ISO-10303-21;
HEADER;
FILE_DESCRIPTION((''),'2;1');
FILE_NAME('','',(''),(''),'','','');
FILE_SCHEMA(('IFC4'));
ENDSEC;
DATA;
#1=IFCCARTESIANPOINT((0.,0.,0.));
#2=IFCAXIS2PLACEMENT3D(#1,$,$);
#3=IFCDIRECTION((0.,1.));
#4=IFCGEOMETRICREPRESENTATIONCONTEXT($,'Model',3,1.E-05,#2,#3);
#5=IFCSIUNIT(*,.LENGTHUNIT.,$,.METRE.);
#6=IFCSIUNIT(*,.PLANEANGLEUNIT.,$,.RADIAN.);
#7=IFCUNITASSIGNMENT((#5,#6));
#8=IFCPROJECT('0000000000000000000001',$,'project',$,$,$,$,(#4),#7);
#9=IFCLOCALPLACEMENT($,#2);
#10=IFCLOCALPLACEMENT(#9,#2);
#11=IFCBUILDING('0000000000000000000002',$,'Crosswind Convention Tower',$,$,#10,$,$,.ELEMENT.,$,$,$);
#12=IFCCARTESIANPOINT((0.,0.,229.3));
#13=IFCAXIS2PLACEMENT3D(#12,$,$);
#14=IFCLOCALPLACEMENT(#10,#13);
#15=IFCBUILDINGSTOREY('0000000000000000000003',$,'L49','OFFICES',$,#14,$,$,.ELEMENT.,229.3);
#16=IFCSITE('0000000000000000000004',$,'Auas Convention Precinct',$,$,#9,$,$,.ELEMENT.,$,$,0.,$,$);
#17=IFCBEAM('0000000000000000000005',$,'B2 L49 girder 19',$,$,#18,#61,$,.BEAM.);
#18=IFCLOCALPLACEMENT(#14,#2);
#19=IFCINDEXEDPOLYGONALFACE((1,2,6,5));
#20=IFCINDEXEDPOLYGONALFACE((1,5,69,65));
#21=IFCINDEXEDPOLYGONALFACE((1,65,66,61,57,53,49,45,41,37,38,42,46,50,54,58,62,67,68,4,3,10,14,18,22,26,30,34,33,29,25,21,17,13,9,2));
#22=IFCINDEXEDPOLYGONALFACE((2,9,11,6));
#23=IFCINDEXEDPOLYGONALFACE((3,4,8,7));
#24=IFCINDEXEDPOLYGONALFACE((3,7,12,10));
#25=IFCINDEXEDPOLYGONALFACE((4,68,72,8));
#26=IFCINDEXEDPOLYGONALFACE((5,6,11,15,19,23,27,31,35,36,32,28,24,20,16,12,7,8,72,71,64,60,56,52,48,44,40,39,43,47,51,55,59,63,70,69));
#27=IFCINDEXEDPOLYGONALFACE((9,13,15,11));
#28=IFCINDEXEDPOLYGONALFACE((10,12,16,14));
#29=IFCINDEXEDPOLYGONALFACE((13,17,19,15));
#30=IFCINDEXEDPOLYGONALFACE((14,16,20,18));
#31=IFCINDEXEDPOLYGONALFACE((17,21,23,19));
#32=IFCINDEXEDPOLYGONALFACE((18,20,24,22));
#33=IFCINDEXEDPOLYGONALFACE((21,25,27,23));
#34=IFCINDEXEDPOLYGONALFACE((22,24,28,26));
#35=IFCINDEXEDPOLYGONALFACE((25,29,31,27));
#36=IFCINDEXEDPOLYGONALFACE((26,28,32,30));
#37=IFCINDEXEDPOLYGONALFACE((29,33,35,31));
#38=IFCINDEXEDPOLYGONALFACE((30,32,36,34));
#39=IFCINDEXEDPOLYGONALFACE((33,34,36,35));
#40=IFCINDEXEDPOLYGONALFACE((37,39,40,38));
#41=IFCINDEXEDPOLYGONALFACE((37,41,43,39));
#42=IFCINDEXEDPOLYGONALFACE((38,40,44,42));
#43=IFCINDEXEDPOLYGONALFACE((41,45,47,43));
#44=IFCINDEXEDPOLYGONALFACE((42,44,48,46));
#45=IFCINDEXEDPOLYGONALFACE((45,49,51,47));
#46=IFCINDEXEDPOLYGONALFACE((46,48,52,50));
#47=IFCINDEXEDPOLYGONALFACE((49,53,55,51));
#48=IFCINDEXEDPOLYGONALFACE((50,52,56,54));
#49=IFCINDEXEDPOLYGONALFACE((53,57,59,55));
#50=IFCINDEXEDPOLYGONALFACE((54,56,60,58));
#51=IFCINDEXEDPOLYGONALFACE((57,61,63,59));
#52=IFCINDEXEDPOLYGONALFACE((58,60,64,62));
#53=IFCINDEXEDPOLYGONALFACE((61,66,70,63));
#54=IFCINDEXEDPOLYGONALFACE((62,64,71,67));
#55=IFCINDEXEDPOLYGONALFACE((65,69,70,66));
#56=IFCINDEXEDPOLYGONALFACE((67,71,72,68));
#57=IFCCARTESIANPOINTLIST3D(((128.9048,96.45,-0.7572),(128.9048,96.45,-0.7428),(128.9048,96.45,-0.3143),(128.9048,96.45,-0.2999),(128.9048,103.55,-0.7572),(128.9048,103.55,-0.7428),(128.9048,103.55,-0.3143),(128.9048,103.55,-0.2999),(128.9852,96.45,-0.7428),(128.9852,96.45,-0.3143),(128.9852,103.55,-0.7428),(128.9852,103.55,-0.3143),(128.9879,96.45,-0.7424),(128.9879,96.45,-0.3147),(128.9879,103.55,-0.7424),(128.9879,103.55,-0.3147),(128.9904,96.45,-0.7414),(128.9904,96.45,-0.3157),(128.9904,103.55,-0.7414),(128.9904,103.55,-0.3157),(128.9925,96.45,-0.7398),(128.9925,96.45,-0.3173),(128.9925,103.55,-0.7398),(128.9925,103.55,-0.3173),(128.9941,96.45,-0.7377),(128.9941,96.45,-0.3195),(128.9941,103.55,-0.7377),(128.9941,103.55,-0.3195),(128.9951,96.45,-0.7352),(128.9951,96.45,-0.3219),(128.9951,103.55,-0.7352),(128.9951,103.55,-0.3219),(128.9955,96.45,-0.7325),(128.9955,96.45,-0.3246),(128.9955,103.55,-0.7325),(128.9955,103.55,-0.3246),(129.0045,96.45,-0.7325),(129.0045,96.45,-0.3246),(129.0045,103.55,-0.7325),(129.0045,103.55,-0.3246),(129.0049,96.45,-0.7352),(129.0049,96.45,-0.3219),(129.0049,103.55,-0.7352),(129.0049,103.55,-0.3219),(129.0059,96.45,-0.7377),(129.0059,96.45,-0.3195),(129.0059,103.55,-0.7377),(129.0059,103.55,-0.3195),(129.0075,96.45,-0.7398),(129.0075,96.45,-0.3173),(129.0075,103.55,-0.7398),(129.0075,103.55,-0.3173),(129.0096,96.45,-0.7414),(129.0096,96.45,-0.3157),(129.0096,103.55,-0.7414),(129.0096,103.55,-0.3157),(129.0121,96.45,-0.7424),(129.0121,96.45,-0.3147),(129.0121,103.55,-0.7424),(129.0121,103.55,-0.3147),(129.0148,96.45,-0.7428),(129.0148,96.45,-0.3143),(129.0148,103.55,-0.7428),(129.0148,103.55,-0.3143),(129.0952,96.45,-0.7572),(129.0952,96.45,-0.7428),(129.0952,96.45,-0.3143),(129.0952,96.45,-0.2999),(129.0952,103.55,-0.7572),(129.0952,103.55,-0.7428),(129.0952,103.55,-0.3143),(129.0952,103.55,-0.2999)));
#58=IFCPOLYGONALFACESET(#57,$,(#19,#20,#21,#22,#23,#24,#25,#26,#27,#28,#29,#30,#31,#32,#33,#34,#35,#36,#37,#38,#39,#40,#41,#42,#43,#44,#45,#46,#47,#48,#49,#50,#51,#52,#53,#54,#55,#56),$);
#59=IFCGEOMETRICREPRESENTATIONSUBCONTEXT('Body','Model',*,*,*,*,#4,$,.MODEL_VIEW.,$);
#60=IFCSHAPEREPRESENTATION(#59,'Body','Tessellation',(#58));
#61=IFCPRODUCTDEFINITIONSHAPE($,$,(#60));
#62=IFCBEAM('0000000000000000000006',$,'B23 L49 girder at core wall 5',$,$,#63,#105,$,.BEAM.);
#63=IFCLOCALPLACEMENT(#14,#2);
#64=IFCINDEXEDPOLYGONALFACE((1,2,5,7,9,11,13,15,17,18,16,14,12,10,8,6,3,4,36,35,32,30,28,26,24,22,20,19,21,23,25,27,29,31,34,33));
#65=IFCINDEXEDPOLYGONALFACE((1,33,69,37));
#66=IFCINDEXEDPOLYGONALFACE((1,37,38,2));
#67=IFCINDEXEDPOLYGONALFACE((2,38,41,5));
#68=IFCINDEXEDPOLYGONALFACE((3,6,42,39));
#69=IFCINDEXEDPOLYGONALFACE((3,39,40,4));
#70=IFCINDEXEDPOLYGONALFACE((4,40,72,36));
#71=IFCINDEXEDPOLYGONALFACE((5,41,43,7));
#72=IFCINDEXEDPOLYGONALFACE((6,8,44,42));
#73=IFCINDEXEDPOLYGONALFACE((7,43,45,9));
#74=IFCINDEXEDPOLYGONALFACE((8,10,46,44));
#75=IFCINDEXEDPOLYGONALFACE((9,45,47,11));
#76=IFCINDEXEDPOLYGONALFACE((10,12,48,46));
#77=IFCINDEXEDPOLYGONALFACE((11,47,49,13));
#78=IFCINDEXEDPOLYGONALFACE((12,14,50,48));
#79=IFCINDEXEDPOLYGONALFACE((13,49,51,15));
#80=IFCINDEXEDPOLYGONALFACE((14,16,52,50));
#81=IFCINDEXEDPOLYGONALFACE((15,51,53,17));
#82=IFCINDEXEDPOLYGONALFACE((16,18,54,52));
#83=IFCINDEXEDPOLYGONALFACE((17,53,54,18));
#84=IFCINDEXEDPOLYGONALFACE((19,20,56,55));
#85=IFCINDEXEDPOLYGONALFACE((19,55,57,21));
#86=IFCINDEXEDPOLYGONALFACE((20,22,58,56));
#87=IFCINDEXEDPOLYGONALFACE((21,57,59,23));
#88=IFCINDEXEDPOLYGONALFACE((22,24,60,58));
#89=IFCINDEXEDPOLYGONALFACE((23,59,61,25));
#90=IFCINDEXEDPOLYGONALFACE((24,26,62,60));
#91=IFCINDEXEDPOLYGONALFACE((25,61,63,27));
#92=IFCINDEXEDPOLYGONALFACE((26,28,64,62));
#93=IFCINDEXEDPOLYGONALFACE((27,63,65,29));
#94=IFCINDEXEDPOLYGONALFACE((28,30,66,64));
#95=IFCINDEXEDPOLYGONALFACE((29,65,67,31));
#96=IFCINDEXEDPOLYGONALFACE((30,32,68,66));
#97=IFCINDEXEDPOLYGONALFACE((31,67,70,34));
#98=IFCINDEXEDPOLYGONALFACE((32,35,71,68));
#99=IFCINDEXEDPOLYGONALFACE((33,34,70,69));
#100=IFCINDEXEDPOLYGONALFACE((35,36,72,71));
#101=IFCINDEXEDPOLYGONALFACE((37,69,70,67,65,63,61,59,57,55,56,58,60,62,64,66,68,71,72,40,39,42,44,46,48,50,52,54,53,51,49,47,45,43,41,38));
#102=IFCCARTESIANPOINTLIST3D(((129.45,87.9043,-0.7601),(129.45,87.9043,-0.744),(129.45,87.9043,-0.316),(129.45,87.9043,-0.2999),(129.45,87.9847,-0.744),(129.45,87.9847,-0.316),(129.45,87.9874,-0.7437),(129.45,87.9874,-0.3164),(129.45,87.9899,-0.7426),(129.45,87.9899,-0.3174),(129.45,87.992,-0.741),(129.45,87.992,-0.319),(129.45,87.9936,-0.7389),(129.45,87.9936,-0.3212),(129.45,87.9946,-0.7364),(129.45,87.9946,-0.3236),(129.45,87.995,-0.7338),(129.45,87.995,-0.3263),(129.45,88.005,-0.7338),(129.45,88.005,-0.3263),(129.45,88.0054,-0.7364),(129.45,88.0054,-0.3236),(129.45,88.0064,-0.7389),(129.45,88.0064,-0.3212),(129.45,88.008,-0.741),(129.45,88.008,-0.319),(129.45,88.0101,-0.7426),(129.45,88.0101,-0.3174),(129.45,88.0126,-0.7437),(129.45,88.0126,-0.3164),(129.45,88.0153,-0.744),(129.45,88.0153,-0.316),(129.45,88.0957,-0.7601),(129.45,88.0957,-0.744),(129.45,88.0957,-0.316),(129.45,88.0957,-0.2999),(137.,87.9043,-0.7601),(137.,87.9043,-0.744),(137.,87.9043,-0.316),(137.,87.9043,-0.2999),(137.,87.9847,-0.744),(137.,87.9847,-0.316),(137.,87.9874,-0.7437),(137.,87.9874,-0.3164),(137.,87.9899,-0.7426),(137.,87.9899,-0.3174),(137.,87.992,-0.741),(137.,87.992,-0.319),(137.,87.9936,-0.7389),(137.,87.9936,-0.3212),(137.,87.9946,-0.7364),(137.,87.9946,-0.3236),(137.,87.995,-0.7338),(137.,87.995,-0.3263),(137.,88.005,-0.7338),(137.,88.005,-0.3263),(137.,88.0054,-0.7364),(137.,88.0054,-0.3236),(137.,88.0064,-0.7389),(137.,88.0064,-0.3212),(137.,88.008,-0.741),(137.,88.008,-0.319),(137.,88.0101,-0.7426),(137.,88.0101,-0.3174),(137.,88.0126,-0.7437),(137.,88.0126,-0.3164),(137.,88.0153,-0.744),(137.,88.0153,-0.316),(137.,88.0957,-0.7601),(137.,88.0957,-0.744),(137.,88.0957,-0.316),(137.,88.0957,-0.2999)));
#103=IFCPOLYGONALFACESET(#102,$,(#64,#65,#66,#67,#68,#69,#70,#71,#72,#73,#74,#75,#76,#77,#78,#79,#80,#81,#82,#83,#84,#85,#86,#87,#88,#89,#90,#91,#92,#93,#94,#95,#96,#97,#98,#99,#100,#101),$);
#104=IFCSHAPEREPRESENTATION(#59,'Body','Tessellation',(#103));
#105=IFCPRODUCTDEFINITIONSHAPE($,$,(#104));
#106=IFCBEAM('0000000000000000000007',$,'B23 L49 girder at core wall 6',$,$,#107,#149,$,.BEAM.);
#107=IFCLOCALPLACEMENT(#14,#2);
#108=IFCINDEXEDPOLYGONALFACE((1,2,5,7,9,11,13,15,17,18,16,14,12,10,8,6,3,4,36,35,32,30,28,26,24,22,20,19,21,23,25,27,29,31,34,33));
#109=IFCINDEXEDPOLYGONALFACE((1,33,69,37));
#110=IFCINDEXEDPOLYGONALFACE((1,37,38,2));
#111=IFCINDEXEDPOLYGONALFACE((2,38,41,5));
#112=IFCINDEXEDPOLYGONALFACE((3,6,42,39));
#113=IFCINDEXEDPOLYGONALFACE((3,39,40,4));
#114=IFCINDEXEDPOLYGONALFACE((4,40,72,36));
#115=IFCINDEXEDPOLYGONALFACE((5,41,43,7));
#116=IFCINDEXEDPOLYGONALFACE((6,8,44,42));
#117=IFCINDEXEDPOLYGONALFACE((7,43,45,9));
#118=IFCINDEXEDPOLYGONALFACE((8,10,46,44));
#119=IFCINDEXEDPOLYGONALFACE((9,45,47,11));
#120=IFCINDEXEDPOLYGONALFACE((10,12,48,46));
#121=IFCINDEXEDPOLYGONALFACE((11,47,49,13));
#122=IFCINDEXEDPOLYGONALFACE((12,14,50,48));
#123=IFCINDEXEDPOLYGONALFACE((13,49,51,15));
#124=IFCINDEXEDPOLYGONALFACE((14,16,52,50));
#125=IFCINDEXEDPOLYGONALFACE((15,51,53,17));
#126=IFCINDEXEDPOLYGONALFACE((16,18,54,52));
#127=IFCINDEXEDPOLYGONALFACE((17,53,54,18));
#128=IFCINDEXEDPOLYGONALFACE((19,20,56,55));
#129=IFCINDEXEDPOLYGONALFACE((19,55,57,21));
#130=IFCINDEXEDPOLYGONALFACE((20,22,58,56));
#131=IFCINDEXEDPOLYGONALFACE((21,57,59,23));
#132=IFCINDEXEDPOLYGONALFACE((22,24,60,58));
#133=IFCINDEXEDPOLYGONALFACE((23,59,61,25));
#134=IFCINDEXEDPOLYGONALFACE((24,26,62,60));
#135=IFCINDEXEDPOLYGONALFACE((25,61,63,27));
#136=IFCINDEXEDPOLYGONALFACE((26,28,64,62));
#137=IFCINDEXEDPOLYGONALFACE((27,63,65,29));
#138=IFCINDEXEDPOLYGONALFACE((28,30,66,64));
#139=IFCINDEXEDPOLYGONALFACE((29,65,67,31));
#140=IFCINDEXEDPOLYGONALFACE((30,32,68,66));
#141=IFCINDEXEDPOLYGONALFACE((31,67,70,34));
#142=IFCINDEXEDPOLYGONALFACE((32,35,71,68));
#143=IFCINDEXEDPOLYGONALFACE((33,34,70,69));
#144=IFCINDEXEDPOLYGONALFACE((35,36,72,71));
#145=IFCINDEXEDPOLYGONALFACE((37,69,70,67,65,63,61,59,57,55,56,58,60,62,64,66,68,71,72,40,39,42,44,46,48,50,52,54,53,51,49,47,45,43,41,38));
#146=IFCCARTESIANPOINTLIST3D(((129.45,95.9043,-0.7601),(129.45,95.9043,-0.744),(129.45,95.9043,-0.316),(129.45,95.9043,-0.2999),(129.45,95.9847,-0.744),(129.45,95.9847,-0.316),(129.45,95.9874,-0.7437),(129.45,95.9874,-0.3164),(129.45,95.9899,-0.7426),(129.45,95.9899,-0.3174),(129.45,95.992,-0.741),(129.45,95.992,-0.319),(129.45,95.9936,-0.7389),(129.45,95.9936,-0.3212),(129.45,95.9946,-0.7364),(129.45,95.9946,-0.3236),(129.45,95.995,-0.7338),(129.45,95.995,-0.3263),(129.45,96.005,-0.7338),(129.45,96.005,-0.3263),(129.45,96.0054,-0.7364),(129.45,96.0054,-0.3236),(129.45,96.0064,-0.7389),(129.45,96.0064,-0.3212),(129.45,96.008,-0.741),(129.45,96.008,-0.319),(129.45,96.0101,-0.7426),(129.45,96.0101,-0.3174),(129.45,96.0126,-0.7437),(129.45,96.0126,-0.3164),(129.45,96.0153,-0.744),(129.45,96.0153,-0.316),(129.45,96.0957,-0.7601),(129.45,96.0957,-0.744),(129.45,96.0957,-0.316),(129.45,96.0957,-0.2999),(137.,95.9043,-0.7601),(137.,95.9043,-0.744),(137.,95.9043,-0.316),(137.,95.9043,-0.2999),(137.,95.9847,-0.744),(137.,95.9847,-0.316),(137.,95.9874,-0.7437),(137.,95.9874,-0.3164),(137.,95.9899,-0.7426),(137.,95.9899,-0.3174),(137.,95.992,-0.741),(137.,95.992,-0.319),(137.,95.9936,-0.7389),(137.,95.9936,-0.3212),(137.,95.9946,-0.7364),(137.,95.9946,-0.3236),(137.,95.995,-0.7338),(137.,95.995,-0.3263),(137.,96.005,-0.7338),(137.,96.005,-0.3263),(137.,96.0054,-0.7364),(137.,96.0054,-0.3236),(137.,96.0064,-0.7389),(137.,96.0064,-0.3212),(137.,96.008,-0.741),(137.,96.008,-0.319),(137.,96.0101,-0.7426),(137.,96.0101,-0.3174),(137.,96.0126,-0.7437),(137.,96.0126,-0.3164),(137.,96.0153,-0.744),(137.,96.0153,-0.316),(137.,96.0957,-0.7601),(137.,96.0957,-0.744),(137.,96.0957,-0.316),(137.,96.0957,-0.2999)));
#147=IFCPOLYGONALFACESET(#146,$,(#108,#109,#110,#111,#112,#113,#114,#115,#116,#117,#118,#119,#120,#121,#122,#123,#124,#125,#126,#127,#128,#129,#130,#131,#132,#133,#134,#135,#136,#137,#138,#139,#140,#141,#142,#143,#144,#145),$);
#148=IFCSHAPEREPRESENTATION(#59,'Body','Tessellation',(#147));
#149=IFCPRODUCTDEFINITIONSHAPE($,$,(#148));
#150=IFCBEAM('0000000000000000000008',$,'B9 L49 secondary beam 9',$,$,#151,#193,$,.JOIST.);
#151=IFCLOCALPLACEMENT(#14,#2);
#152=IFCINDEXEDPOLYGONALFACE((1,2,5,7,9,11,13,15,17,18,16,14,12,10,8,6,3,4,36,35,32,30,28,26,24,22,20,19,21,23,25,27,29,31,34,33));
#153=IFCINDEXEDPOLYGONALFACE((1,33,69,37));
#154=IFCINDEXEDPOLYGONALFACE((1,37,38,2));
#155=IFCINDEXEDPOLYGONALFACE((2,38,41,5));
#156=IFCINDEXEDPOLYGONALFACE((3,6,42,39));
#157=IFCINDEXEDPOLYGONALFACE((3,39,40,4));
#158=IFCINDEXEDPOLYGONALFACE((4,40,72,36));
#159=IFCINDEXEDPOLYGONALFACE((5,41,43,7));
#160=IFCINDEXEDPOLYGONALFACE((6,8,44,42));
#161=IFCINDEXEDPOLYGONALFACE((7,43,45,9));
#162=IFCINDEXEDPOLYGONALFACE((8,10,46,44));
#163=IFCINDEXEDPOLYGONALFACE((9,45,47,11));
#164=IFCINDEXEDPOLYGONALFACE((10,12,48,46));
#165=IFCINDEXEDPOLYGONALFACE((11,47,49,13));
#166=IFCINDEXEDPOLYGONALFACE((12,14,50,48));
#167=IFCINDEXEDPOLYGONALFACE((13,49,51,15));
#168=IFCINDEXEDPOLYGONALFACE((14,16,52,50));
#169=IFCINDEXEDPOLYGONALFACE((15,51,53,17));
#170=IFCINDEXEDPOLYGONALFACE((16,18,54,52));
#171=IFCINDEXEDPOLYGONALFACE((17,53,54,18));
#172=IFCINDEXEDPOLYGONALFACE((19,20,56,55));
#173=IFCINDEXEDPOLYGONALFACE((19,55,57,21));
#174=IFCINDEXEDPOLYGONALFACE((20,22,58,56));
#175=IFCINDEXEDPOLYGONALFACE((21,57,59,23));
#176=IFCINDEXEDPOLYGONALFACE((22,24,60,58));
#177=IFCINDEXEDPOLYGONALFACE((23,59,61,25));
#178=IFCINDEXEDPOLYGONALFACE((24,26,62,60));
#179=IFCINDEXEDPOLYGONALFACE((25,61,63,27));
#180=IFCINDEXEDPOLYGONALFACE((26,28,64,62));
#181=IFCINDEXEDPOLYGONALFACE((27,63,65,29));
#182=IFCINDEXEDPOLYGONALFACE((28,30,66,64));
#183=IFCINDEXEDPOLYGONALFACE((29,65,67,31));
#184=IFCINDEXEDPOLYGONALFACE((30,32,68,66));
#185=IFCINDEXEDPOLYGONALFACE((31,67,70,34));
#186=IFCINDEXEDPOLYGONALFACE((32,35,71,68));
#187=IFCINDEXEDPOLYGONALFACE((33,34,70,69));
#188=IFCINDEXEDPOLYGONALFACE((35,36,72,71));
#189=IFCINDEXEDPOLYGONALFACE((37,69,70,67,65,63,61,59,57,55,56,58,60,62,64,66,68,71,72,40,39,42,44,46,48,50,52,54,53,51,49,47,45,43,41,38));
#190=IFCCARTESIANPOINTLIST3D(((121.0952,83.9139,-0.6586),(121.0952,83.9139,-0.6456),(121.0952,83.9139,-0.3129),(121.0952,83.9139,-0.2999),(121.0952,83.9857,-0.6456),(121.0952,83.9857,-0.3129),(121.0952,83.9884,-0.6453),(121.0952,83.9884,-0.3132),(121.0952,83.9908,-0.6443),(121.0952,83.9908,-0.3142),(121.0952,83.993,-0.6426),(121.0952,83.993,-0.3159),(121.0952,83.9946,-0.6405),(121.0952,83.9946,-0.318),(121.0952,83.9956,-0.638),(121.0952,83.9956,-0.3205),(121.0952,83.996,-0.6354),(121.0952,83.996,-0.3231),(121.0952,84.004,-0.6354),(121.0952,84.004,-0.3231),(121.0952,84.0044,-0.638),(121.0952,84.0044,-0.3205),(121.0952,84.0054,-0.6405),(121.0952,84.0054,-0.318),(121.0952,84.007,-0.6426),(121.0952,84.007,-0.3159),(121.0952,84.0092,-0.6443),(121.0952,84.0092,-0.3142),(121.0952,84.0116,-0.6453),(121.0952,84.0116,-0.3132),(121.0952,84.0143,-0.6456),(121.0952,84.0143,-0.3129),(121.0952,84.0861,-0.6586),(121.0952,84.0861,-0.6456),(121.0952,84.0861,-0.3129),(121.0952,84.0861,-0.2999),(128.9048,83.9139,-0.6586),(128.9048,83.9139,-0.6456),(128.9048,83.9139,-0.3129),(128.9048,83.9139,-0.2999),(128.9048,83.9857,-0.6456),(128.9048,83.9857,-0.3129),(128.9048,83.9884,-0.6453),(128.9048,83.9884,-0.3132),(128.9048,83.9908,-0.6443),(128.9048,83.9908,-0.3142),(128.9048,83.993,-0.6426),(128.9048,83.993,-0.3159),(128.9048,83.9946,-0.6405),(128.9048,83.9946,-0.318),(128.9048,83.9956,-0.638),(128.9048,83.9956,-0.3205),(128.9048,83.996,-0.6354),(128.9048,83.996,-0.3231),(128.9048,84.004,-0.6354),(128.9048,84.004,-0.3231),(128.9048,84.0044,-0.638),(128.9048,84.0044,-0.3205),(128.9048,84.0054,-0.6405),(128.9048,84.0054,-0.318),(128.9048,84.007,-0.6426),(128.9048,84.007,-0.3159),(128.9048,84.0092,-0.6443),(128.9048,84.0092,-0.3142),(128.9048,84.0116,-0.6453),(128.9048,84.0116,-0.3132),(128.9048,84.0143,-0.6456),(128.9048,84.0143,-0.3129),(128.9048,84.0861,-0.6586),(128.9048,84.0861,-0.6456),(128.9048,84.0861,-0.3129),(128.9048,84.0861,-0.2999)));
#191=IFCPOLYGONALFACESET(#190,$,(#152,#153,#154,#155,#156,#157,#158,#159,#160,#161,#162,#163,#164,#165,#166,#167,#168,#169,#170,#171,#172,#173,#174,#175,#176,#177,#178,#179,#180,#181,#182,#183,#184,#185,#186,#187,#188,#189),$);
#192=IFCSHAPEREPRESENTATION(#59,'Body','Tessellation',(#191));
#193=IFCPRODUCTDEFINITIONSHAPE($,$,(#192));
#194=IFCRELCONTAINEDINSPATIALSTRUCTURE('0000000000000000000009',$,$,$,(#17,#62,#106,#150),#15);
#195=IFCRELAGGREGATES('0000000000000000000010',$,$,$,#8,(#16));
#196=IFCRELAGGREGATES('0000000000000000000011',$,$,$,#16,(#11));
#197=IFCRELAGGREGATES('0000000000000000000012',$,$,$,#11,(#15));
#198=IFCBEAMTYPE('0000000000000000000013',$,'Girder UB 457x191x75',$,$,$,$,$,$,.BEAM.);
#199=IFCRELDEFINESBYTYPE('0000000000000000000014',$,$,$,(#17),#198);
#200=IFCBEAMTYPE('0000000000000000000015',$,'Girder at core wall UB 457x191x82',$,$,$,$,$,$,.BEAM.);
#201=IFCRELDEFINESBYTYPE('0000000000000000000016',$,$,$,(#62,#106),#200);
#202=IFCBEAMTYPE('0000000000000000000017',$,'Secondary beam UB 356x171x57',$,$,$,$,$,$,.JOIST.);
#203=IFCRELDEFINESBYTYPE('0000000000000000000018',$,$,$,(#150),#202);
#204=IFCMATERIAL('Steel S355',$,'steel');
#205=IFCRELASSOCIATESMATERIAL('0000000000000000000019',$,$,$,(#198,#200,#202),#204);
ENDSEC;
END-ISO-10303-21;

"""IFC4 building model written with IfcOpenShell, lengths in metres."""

from ifc_helpers import new_model, si_unit, direction, frame, origin, origin_2d, place, context, subcontext, project, spatial, i_section, extrude, material, material_profile, profile_set, type_object, element, save


model = new_model("IFC4")

# Units and contexts
model_context = context("Model", 3, precision=1e-05, world=origin(), true_north=direction((0.0, 1.0)))
body_context = subcontext(model_context, "Body", "Model", "MODEL_VIEW")
ifc_project = project(units=[si_unit("LENGTHUNIT", "METRE"), si_unit("PLANEANGLEUNIT", "RADIAN")], contexts=[model_context])

# Site, building, storey
site_placement = place(None, origin())
site = spatial("IfcSite", under=ifc_project, at=site_placement, Name="Auas Convention Precinct", CompositionType="ELEMENT", RefElevation=0.0)
building_placement = place(site_placement, origin())
building = spatial("IfcBuilding", under=site, at=building_placement, Name="Crosswind Convention Tower", CompositionType="ELEMENT")
storey_placement = place(building_placement, frame((0.0, 0.0, 229.3)))
storey = spatial("IfcBuildingStorey", under=building, at=storey_placement, Name="L49", Description="OFFICES", CompositionType="ELEMENT", Elevation=229.3)

# Beams
ifc_material_1 = material(Name="Steel S355", Category="steel")
ifc_material_profile_1 = material_profile(ifc_material_1, i_section(OverallWidth=0.1904, OverallDepth=0.4573, WebThickness=0.009, FlangeThickness=0.0144, FilletRadius=0.0103, at=origin_2d()), Name="UB 457x191x75")
ifc_profile_set_1 = profile_set([ifc_material_profile_1], Name="Steel S355")
beam_type_1 = type_object("IfcBeamType", Name="Girder UB 457x191x75", PredefinedType="BEAM", material=ifc_profile_set_1)
for number, where, z_axis, x_axis, name in (
    (1, (129.0, 96.45, -0.5286), (0.0, 1.0, 0.0), (-1.0, 0.0, 0.0), "B2 L49 girder 19"),
):
    element("IfcBeam", number, at=place(storey_placement, frame(where, z_axis=z_axis, x_axis=x_axis)), inside=storey, type_object=beam_type_1, Name=name, PredefinedType="BEAM", context=body_context, shape_type="SweptSolid", body=[
        extrude(i_section(OverallWidth=0.1904, OverallDepth=0.4573, WebThickness=0.009, FlangeThickness=0.0144, FilletRadius=0.0103, at=origin_2d()), origin(), (0.0, 0.0, 1.0), 7.1001),
    ])
ifc_material_profile_2 = material_profile(ifc_material_1, i_section(OverallWidth=0.1914, OverallDepth=0.4602, WebThickness=0.01, FlangeThickness=0.0161, FilletRadius=0.0103, at=origin_2d()), Name="UB 457x191x82")
ifc_profile_set_2 = profile_set([ifc_material_profile_2], Name="Steel S355")
beam_type_2 = type_object("IfcBeamType", Name="Girder at core wall UB 457x191x82", PredefinedType="BEAM", material=ifc_profile_set_2)
for number, where, z_axis, x_axis, name in (
    (2, (129.45, 88.0, -0.53), (1.0, 0.0, 0.0), (0.0, 1.0, 0.0), "B23 L49 girder at core wall 5"),
    (3, (129.45, 96.0, -0.53), (1.0, 0.0, 0.0), (0.0, 1.0, 0.0), "B23 L49 girder at core wall 6"),
):
    element("IfcBeam", number, at=place(storey_placement, frame(where, z_axis=z_axis, x_axis=x_axis)), inside=storey, type_object=beam_type_2, Name=name, PredefinedType="BEAM", context=body_context, shape_type="SweptSolid", body=[
        extrude(i_section(OverallWidth=0.1914, OverallDepth=0.4602, WebThickness=0.01, FlangeThickness=0.0161, FilletRadius=0.0103, at=origin_2d()), origin(), (0.0, 0.0, 1.0), 7.55),
    ])
ifc_material_profile_3 = material_profile(ifc_material_1, i_section(OverallWidth=0.1721, OverallDepth=0.3586, WebThickness=0.0081, FlangeThickness=0.0129, FilletRadius=0.0103, at=origin_2d()), Name="UB 356x171x57")
ifc_profile_set_3 = profile_set([ifc_material_profile_3], Name="Steel S355")
beam_type_3 = type_object("IfcBeamType", Name="Secondary beam UB 356x171x57", PredefinedType="JOIST", material=ifc_profile_set_3)
for number, where, z_axis, x_axis, name in (
    (4, (121.0952, 84.0, -0.4792), (1.0, 0.0, 0.0), (0.0, 1.0, 0.0), "B9 L49 secondary beam 9"),
):
    element("IfcBeam", number, at=place(storey_placement, frame(where, z_axis=z_axis, x_axis=x_axis)), inside=storey, type_object=beam_type_3, Name=name, PredefinedType="JOIST", context=body_context, shape_type="SweptSolid", body=[
        extrude(i_section(OverallWidth=0.1721, OverallDepth=0.3586, WebThickness=0.0081, FlangeThickness=0.0129, FilletRadius=0.0103, at=origin_2d()), origin(), (0.0, 0.0, 1.0), 7.8096),
    ])

save(model, "model.ifc")
